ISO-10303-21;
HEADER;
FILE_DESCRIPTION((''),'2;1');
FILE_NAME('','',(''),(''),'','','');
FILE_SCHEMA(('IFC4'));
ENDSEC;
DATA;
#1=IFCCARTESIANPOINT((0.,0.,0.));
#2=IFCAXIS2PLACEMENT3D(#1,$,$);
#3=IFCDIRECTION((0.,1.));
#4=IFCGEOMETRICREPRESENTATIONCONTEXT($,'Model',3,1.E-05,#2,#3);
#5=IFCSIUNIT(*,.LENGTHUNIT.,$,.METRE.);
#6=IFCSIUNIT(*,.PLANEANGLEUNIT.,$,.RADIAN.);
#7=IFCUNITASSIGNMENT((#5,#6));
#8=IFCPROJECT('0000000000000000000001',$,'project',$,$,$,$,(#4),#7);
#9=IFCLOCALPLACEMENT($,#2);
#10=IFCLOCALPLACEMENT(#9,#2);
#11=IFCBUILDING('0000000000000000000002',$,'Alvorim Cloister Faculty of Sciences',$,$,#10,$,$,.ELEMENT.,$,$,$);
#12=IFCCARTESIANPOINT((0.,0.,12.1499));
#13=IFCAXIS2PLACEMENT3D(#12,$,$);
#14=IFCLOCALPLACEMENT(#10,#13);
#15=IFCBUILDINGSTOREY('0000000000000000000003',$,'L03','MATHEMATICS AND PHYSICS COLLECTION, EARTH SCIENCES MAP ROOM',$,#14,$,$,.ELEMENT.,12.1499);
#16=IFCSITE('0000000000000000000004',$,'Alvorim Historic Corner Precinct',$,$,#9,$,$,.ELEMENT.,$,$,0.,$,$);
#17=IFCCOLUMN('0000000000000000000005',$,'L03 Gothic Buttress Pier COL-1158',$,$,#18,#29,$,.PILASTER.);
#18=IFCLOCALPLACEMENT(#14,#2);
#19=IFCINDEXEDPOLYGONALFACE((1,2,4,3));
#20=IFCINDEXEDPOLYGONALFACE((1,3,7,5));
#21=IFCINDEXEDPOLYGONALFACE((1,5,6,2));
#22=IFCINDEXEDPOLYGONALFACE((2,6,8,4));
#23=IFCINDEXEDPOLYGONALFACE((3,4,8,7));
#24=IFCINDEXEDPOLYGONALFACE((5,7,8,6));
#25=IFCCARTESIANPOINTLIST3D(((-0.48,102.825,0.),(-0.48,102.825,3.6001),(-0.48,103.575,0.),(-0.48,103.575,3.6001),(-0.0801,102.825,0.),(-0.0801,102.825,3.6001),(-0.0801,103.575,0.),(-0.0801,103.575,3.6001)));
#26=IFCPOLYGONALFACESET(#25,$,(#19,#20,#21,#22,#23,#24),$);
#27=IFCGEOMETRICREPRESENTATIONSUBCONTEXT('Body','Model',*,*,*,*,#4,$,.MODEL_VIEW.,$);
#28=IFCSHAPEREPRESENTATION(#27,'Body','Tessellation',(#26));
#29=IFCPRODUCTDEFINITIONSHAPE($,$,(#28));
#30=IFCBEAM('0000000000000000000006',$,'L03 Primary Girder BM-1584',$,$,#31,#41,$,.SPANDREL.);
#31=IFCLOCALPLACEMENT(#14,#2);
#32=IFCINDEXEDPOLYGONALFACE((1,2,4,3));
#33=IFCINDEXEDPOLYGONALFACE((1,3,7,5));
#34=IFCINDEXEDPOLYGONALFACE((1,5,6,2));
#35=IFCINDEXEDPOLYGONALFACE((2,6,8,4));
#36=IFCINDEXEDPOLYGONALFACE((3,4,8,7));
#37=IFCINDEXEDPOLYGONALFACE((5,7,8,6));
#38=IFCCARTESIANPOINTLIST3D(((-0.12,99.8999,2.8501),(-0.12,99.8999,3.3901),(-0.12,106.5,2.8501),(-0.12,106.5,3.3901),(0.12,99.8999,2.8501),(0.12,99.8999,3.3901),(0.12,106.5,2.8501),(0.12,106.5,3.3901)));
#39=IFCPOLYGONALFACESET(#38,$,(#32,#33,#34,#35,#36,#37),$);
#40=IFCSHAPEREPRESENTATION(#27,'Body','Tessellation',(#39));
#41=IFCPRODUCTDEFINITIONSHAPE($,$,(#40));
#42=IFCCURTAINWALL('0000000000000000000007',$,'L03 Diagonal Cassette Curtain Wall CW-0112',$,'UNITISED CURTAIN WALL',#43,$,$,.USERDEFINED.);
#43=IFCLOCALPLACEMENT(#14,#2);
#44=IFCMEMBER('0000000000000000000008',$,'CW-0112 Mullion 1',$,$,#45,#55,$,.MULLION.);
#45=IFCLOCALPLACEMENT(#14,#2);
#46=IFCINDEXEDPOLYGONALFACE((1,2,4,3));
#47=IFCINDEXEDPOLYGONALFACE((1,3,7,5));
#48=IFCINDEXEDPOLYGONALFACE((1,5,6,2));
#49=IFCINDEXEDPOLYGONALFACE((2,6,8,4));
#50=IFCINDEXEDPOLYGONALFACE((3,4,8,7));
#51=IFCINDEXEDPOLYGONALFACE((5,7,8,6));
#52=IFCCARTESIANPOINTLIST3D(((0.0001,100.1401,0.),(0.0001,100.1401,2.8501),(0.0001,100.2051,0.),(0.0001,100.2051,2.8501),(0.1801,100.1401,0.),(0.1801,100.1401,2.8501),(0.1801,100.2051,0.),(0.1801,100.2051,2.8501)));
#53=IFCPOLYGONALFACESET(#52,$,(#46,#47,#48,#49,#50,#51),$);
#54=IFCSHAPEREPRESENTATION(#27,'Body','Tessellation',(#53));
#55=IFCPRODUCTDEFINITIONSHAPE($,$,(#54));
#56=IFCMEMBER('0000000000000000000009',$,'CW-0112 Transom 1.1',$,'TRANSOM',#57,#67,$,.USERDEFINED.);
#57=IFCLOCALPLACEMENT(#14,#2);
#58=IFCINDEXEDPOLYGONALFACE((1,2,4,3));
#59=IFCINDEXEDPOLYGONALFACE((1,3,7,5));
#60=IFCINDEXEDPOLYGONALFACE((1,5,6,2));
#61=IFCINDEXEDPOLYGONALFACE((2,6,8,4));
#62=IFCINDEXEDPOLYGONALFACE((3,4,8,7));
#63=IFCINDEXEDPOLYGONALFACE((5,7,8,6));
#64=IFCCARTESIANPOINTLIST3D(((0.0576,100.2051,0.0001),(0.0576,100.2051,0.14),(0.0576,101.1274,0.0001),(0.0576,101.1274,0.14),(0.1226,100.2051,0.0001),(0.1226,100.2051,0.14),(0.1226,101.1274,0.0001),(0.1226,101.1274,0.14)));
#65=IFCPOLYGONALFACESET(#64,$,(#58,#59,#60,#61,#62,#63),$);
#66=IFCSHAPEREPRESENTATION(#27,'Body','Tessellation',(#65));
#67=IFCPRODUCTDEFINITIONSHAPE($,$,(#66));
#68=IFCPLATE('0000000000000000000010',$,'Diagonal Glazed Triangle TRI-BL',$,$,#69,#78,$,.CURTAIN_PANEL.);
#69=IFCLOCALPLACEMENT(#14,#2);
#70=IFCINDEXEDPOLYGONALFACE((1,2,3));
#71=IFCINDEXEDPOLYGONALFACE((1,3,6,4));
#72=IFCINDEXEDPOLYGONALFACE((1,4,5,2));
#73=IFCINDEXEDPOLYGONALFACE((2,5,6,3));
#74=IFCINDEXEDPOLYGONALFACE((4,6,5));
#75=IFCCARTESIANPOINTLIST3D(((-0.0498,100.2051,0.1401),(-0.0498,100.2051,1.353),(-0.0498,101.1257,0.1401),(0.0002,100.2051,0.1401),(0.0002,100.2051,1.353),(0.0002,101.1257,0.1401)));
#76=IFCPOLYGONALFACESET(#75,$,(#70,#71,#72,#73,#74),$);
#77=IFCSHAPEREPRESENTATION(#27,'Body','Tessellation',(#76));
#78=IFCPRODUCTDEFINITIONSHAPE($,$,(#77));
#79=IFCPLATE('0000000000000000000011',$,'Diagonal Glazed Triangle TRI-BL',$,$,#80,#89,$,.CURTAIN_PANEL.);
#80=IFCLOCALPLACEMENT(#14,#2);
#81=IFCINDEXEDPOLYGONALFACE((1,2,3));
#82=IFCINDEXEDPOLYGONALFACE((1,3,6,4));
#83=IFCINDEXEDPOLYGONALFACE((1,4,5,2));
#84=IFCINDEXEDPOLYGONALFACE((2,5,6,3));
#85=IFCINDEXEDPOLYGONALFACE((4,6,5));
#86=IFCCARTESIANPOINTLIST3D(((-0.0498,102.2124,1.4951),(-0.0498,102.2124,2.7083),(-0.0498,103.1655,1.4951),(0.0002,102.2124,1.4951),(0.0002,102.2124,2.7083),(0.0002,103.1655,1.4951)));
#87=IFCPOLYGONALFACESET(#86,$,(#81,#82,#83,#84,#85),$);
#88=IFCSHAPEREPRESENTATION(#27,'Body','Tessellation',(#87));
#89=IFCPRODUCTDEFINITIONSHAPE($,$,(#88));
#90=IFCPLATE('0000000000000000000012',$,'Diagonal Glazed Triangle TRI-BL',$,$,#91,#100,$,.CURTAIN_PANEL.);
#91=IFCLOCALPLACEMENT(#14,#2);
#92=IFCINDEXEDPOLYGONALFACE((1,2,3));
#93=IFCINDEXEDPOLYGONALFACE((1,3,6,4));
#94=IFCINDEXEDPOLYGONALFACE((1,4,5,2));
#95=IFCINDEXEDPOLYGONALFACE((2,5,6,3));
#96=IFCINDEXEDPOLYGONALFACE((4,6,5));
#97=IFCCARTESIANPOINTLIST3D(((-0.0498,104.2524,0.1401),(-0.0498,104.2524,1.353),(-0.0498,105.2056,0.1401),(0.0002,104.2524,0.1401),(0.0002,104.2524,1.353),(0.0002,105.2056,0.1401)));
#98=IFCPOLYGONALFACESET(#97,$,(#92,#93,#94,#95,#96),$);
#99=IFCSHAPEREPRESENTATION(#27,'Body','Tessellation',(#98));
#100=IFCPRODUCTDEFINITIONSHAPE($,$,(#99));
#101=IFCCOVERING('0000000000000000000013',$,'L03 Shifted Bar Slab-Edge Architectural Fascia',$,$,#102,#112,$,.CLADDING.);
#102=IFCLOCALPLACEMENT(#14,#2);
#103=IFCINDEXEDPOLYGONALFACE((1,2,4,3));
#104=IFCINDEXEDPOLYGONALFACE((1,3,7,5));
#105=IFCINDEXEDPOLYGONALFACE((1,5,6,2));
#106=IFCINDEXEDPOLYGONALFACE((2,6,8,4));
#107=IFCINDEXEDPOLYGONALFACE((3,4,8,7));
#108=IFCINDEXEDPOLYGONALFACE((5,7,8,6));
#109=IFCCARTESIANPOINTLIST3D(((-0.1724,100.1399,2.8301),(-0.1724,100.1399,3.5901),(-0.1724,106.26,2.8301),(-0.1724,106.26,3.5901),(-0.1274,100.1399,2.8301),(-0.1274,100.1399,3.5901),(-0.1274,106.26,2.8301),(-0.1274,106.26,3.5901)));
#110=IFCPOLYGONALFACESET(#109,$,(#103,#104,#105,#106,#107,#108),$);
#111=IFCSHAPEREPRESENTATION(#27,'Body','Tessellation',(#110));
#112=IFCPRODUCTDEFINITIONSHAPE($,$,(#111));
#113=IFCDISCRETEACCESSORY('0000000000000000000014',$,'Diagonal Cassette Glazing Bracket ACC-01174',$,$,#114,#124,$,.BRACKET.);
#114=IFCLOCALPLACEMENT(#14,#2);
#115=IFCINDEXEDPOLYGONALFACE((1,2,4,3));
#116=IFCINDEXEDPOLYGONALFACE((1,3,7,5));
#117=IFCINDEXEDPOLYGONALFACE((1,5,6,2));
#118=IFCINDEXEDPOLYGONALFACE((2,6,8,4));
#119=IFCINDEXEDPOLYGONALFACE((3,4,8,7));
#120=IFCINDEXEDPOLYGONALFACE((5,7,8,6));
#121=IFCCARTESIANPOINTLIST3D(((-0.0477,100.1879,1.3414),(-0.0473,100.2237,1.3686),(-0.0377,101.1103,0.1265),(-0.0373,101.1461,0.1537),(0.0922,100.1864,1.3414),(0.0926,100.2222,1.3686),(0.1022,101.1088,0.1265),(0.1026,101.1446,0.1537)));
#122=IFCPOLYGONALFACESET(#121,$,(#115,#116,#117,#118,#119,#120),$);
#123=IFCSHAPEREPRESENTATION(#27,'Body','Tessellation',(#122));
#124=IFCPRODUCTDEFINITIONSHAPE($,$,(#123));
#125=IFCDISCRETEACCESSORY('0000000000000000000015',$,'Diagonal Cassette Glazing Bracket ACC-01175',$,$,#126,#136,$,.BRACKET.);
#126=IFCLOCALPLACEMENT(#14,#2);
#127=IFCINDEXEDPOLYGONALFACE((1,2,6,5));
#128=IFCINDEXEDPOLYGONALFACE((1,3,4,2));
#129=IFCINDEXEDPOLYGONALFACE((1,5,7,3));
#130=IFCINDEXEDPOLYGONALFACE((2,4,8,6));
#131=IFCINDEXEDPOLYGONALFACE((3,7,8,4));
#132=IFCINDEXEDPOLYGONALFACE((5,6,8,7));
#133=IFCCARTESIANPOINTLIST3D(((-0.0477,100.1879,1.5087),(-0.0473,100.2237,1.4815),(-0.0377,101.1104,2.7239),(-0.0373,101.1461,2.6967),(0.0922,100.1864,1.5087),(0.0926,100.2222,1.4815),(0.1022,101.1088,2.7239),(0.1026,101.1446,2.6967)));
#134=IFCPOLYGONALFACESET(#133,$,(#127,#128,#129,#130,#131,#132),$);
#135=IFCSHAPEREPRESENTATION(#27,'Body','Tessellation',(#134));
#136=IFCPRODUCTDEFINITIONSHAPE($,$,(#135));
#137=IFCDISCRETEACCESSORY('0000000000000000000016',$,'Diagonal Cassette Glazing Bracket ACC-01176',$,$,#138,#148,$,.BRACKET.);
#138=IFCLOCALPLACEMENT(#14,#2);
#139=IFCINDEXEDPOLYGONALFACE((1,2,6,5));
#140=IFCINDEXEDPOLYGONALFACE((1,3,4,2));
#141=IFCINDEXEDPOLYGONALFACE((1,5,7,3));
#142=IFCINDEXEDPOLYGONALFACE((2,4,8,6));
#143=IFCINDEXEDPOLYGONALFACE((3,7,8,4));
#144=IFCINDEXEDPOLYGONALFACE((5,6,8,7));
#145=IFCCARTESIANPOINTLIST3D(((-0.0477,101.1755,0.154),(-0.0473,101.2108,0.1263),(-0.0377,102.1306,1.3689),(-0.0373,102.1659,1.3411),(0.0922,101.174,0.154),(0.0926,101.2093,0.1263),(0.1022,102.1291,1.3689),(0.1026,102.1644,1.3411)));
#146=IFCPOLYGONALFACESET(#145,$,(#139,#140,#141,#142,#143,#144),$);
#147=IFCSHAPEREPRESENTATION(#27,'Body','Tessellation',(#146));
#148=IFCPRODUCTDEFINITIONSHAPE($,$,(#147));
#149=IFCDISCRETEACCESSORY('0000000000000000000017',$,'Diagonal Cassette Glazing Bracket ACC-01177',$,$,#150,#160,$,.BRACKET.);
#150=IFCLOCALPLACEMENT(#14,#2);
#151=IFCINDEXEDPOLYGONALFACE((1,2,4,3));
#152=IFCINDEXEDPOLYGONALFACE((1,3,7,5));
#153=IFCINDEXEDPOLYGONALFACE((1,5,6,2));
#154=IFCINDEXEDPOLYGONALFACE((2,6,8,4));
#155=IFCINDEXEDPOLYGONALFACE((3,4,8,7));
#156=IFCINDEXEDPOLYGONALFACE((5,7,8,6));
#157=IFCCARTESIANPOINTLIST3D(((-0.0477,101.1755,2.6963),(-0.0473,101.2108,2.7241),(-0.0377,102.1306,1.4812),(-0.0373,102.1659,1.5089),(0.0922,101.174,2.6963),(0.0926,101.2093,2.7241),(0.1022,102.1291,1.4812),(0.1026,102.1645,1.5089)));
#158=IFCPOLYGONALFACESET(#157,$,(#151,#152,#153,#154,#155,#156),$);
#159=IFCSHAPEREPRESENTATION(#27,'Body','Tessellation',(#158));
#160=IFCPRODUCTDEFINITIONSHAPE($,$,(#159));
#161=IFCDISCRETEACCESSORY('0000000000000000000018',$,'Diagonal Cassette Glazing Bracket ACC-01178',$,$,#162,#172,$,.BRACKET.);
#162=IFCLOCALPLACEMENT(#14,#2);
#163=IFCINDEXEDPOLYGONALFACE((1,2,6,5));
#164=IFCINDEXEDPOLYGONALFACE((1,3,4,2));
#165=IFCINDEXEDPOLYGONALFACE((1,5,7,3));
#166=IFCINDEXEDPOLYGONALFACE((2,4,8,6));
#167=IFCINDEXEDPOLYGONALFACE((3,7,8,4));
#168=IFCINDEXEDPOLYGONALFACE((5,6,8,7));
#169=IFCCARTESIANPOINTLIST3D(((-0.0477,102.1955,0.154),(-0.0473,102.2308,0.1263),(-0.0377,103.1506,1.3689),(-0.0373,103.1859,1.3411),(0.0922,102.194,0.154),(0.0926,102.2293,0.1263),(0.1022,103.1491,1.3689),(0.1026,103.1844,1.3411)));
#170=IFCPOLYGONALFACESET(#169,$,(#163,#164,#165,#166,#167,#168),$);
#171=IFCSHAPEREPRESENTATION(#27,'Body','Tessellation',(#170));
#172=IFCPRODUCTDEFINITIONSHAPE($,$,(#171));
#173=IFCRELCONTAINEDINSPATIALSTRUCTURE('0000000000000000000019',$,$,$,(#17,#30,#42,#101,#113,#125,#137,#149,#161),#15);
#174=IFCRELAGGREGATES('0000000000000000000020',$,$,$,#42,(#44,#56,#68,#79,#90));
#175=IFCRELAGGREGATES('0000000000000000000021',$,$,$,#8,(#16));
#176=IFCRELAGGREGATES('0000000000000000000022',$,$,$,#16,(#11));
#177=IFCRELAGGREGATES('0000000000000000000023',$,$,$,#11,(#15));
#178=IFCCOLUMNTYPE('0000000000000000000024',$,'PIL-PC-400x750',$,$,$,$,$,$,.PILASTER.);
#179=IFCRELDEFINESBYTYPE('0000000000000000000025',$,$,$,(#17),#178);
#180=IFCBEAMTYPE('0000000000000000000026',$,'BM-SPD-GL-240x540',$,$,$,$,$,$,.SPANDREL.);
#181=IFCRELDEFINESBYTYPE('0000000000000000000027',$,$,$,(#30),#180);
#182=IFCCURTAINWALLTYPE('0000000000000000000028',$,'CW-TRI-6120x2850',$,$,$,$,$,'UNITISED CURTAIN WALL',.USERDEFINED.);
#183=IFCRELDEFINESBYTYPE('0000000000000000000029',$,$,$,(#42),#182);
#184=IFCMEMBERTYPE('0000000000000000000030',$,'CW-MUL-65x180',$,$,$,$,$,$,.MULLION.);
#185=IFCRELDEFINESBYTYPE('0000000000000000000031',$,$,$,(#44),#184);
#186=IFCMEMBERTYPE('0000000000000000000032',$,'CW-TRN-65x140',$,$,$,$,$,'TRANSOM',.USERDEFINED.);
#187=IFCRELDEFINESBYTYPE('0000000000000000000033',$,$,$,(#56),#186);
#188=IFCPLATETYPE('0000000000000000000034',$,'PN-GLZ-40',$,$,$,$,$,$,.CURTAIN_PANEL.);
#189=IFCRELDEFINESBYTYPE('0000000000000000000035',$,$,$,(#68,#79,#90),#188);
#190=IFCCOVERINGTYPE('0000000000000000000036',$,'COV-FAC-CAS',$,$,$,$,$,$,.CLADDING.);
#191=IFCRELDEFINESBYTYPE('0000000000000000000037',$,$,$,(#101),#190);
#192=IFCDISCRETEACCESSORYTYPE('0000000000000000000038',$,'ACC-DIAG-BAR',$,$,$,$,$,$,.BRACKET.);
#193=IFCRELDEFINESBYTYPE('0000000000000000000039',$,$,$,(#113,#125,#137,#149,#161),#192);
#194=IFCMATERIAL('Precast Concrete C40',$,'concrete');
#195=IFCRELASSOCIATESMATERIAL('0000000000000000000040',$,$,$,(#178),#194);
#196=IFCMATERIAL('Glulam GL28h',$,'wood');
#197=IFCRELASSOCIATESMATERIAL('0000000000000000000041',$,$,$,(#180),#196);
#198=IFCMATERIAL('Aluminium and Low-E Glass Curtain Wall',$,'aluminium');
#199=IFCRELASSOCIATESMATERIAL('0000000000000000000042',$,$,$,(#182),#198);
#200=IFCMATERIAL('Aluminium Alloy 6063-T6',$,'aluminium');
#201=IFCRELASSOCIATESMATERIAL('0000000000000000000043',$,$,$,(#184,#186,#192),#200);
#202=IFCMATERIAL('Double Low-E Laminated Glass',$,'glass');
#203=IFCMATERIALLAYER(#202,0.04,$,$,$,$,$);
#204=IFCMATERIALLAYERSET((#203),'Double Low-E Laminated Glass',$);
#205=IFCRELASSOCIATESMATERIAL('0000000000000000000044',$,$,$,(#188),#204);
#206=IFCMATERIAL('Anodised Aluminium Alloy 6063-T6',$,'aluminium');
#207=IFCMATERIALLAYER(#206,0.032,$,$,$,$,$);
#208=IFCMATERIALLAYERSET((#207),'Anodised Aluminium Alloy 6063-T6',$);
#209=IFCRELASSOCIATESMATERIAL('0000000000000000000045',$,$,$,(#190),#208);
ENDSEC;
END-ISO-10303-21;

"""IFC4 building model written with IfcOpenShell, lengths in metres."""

from ifc_helpers import new_model, si_unit, direction, frame, origin, origin_2d, place, context, subcontext, project, spatial, polyline, rectangle, outline, extrude, material, layer, layer_set, material_profile, profile_set, type_object, element, aggregate, save


model = new_model("IFC4")

# Units and contexts
model_context = context("Model", 3, precision=1e-05, world=origin(), true_north=direction((0.0, 1.0)))
body_context = subcontext(model_context, "Body", "Model", "MODEL_VIEW")
ifc_project = project(units=[si_unit("LENGTHUNIT", "METRE"), si_unit("PLANEANGLEUNIT", "RADIAN")], contexts=[model_context])

# Site, building, storey
site_placement = place(None, origin())
site = spatial("IfcSite", under=ifc_project, at=site_placement, Name="Alvorim Historic Corner Precinct", CompositionType="ELEMENT", RefElevation=0.0)
building_placement = place(site_placement, origin())
building = spatial("IfcBuilding", under=site, at=building_placement, Name="Alvorim Cloister Faculty of Sciences", CompositionType="ELEMENT")
storey_placement = place(building_placement, frame((0.0, 0.0, 12.1499)))
storey = spatial("IfcBuildingStorey", under=building, at=storey_placement, Name="L03", Description="MATHEMATICS AND PHYSICS COLLECTION, EARTH SCIENCES MAP ROOM", CompositionType="ELEMENT", Elevation=12.1499)

# Column
ifc_material_1 = material(Name="Precast Concrete C40", Category="concrete")
ifc_material_profile_1 = material_profile(ifc_material_1, rectangle(XDim=0.3999, YDim=0.75, at=origin_2d()), Name="RC40-PIL-400x750")
ifc_profile_set_1 = profile_set([ifc_material_profile_1], Name="Precast Concrete C40")
column_type = type_object("IfcColumnType", Name="PIL-PC-400x750", PredefinedType="PILASTER", material=ifc_profile_set_1)
column_placement = place(storey_placement, frame((-0.28, 103.2, 0.0), z_axis=(0.0, 0.0, 1.0), x_axis=(1.0, 0.0, 0.0)))
element("IfcColumn", 1, at=column_placement, inside=storey, type_object=column_type, Name="L03 Gothic Buttress Pier COL-1158", PredefinedType="PILASTER", context=body_context, shape_type="SweptSolid", body=[
    extrude(rectangle(XDim=0.3999, YDim=0.75, at=origin_2d()), origin(), (0.0, 0.0, 1.0), 3.6001),
])

# Beam
ifc_material_2 = material(Name="Glulam GL28h", Category="wood")
ifc_material_profile_2 = material_profile(ifc_material_2, rectangle(XDim=0.24, YDim=0.54, at=origin_2d()), Name="GL28-SPD-240x540")
ifc_profile_set_2 = profile_set([ifc_material_profile_2], Name="Glulam GL28h")
beam_type = type_object("IfcBeamType", Name="BM-SPD-GL-240x540", PredefinedType="SPANDREL", material=ifc_profile_set_2)
beam_placement = place(storey_placement, frame((0.0, 99.8999, 3.1201), z_axis=(0.0, 1.0, 0.0), x_axis=(-1.0, 0.0, 0.0)))
element("IfcBeam", 2, at=beam_placement, inside=storey, type_object=beam_type, Name="L03 Primary Girder BM-1584", PredefinedType="SPANDREL", context=body_context, shape_type="SweptSolid", body=[
    extrude(rectangle(XDim=0.24, YDim=0.54, at=origin_2d()), origin(), (0.0, 0.0, 1.0), 6.6001),
])

# Curtain wall, members, plates
ifc_material_3 = material(Name="Aluminium and Low-E Glass Curtain Wall", Category="aluminium")
curtain_wall_type = type_object("IfcCurtainWallType", Name="CW-TRI-6120x2850", ElementType="UNITISED CURTAIN WALL", PredefinedType="USERDEFINED", material=ifc_material_3)
curtain_wall_placement = place(storey_placement, origin())
curtain_wall = element("IfcCurtainWall", 3, at=curtain_wall_placement, inside=storey, type_object=curtain_wall_type, Name="L03 Diagonal Cassette Curtain Wall CW-0112", ObjectType="UNITISED CURTAIN WALL", PredefinedType="USERDEFINED")
ifc_material_4 = material(Name="Aluminium Alloy 6063-T6", Category="aluminium")
ifc_material_profile_3 = material_profile(ifc_material_4, rectangle(XDim=0.0649, YDim=0.1799, at=origin_2d()), Name="ALU-MUL-65x180")
ifc_profile_set_3 = profile_set([ifc_material_profile_3], Name="Aluminium Alloy 6063-T6")
member_type_1 = type_object("IfcMemberType", Name="CW-MUL-65x180", PredefinedType="MULLION", material=ifc_profile_set_3)
member_1_placement = place(storey_placement, frame((0.0901, 100.1726, 0.0), z_axis=(0.0, 0.0, 1.0), x_axis=(0.0, 1.0, 0.0)))
member_1 = element("IfcMember", 4, at=member_1_placement, type_object=member_type_1, Name="CW-0112 Mullion 1", PredefinedType="MULLION", context=body_context, shape_type="SweptSolid", body=[
    extrude(rectangle(XDim=0.0649, YDim=0.1799, at=origin_2d()), origin(), (0.0, 0.0, 1.0), 2.8501),
])
ifc_material_profile_4 = material_profile(ifc_material_4, rectangle(XDim=0.0649, YDim=0.1399, at=origin_2d()), Name="ALU-TRN-65x140")
ifc_profile_set_4 = profile_set([ifc_material_profile_4], Name="Aluminium Alloy 6063-T6")
member_type_2 = type_object("IfcMemberType", Name="CW-TRN-65x140", ElementType="TRANSOM", PredefinedType="USERDEFINED", material=ifc_profile_set_4)
member_2_placement = place(storey_placement, frame((0.0901, 100.2051, 0.0701), z_axis=(0.0, 1.0, 0.0), x_axis=(-1.0, 0.0, 0.0)))
member_2 = element("IfcMember", 5, at=member_2_placement, type_object=member_type_2, Name="CW-0112 Transom 1.1", ObjectType="TRANSOM", PredefinedType="USERDEFINED", context=body_context, shape_type="SweptSolid", body=[
    extrude(rectangle(XDim=0.0649, YDim=0.1399, at=origin_2d()), origin(), (0.0, 0.0, 1.0), 0.9224),
])
ifc_material_5 = material(Name="Double Low-E Laminated Glass", Category="glass")
ifc_layer_1 = layer(ifc_material_5, 0.04)
ifc_layer_set_1 = layer_set([ifc_layer_1], Name="Double Low-E Laminated Glass")
plate_type = type_object("IfcPlateType", Name="PN-GLZ-40", PredefinedType="CURTAIN_PANEL", material=ifc_layer_set_1)
plate_1_placement = place(storey_placement, frame((-0.0249, 100.2051, 0.1401), z_axis=(0.0, 0.0, 1.0), x_axis=(0.0, 1.0, 0.0)))
plate_1 = element("IfcPlate", 6, at=plate_1_placement, type_object=plate_type, Name="Diagonal Glazed Triangle TRI-BL", PredefinedType="CURTAIN_PANEL", context=body_context, shape_type="SweptSolid", body=[
    extrude(outline(polyline([(0.0, 0.0), (0.9207, 0.0), (0.0, 1.2129), (0.0, 0.0)])), frame((0.0, 0.0249, 0.0), z_axis=(0.0, -1.0, 0.0), x_axis=(1.0, 0.0, 0.0)), (0.0, 0.0, 1.0), 0.05),
])
plate_2_placement = place(storey_placement, frame((-0.0249, 102.2124, 1.4951), z_axis=(0.0, 0.0, 1.0), x_axis=(0.0, 1.0, 0.0)))
plate_2 = element("IfcPlate", 7, at=plate_2_placement, type_object=plate_type, Name="Diagonal Glazed Triangle TRI-BL", PredefinedType="CURTAIN_PANEL", context=body_context, shape_type="SweptSolid", body=[
    extrude(outline(polyline([(0.0, 0.0), (0.9531, 0.0), (0.0, 1.2131), (0.0, 0.0)])), frame((0.0, 0.0249, 0.0), z_axis=(0.0, -1.0, 0.0), x_axis=(1.0, 0.0, 0.0)), (0.0, 0.0, 1.0), 0.05),
])
plate_3_placement = place(storey_placement, frame((-0.0249, 104.2524, 0.1401), z_axis=(0.0, 0.0, 1.0), x_axis=(0.0, 1.0, 0.0)))
plate_3 = element("IfcPlate", 8, at=plate_3_placement, type_object=plate_type, Name="Diagonal Glazed Triangle TRI-BL", PredefinedType="CURTAIN_PANEL", context=body_context, shape_type="SweptSolid", body=[
    extrude(outline(polyline([(0.0, 0.0), (0.9531, 0.0), (0.0, 1.2129), (0.0, 0.0)])), frame((0.0, 0.0249, 0.0), z_axis=(0.0, -1.0, 0.0), x_axis=(1.0, 0.0, 0.0)), (0.0, 0.0, 1.0), 0.05),
])
aggregate(curtain_wall, [member_1, member_2, plate_1, plate_2, plate_3])

# Covering
ifc_material_6 = material(Name="Anodised Aluminium Alloy 6063-T6", Category="aluminium")
ifc_layer_2 = layer(ifc_material_6, 0.032)
ifc_layer_set_2 = layer_set([ifc_layer_2], Name="Anodised Aluminium Alloy 6063-T6")
covering_type = type_object("IfcCoveringType", Name="COV-FAC-CAS", PredefinedType="CLADDING", material=ifc_layer_set_2)
covering_placement = place(storey_placement, frame((-0.1499, 100.1399, 2.8301), z_axis=(0.0, 0.0, 1.0), x_axis=(0.0, 1.0, 0.0)))
element("IfcCovering", 9, at=covering_placement, inside=storey, type_object=covering_type, Name="L03 Shifted Bar Slab-Edge Architectural Fascia", PredefinedType="CLADDING", context=body_context, shape_type="SweptSolid", body=[
    extrude(outline(polyline([(0.0, 0.0), (6.1201, 0.0), (6.1201, 0.76), (0.0, 0.76), (0.0, 0.0)])), frame((0.0, 0.0225, 0.0), z_axis=(0.0, -1.0, 0.0), x_axis=(1.0, 0.0, 0.0)), (0.0, 0.0, 1.0), 0.0449),
])

# Discrete accessories
discrete_accessory_type = type_object("IfcDiscreteAccessoryType", Name="ACC-DIAG-BAR", PredefinedType="BRACKET", material=ifc_material_4)
discrete_accessory_1_placement = place(storey_placement, frame((0.0225, 100.2051, 1.355), z_axis=(0.006562, 0.604689, -0.796435), x_axis=(-0.999941, 0.010852, 0.0)))
element("IfcDiscreteAccessory", 10, at=discrete_accessory_1_placement, inside=storey, type_object=discrete_accessory_type, Name="Diagonal Cassette Glazing Bracket ACC-01174", PredefinedType="BRACKET", context=body_context, shape_type="SweptSolid", body=[
    extrude(rectangle(XDim=0.1399, YDim=0.0449, at=origin_2d()), origin(), (0.0, 0.0, 1.0), 1.5254),
])
discrete_accessory_2_placement = place(storey_placement, frame((0.0225, 100.2051, 1.4951), z_axis=(0.006561, 0.604612, 0.796493), x_axis=(-0.999941, 0.010852, 0.0)))
element("IfcDiscreteAccessory", 11, at=discrete_accessory_2_placement, inside=storey, type_object=discrete_accessory_type, Name="Diagonal Cassette Glazing Bracket ACC-01175", PredefinedType="BRACKET", context=body_context, shape_type="SweptSolid", body=[
    extrude(rectangle(XDim=0.1399, YDim=0.0449, at=origin_2d()), origin(), (0.0, 0.0, 1.0), 1.5256),
])
discrete_accessory_3_placement = place(storey_placement, frame((0.0225, 101.1924, 0.1401), z_axis=(0.006477, 0.618032, 0.786126), x_axis=(-0.999945, 0.01048, 0.0)))
element("IfcDiscreteAccessory", 12, at=discrete_accessory_3_placement, inside=storey, type_object=discrete_accessory_type, Name="Diagonal Cassette Glazing Bracket ACC-01176", PredefinedType="BRACKET", context=body_context, shape_type="SweptSolid", body=[
    extrude(rectangle(XDim=0.1399, YDim=0.0449, at=origin_2d()), origin(), (0.0, 0.0, 1.0), 1.5454),
])
discrete_accessory_4_placement = place(storey_placement, frame((0.0225, 101.1924, 2.7102), z_axis=(0.006477, 0.617955, -0.786187), x_axis=(-0.999945, 0.01048, 0.0)))
element("IfcDiscreteAccessory", 13, at=discrete_accessory_4_placement, inside=storey, type_object=discrete_accessory_type, Name="Diagonal Cassette Glazing Bracket ACC-01177", PredefinedType="BRACKET", context=body_context, shape_type="SweptSolid", body=[
    extrude(rectangle(XDim=0.1399, YDim=0.0449, at=origin_2d()), origin(), (0.0, 0.0, 1.0), 1.5457),
])
discrete_accessory_5_placement = place(storey_placement, frame((0.0225, 102.2124, 0.1401), z_axis=(0.006477, 0.618032, 0.786126), x_axis=(-0.999945, 0.01048, 0.0)))
element("IfcDiscreteAccessory", 14, at=discrete_accessory_5_placement, inside=storey, type_object=discrete_accessory_type, Name="Diagonal Cassette Glazing Bracket ACC-01178", PredefinedType="BRACKET", context=body_context, shape_type="SweptSolid", body=[
    extrude(rectangle(XDim=0.1399, YDim=0.0449, at=origin_2d()), origin(), (0.0, 0.0, 1.0), 1.5454),
])

save(model, "model.ifc")
